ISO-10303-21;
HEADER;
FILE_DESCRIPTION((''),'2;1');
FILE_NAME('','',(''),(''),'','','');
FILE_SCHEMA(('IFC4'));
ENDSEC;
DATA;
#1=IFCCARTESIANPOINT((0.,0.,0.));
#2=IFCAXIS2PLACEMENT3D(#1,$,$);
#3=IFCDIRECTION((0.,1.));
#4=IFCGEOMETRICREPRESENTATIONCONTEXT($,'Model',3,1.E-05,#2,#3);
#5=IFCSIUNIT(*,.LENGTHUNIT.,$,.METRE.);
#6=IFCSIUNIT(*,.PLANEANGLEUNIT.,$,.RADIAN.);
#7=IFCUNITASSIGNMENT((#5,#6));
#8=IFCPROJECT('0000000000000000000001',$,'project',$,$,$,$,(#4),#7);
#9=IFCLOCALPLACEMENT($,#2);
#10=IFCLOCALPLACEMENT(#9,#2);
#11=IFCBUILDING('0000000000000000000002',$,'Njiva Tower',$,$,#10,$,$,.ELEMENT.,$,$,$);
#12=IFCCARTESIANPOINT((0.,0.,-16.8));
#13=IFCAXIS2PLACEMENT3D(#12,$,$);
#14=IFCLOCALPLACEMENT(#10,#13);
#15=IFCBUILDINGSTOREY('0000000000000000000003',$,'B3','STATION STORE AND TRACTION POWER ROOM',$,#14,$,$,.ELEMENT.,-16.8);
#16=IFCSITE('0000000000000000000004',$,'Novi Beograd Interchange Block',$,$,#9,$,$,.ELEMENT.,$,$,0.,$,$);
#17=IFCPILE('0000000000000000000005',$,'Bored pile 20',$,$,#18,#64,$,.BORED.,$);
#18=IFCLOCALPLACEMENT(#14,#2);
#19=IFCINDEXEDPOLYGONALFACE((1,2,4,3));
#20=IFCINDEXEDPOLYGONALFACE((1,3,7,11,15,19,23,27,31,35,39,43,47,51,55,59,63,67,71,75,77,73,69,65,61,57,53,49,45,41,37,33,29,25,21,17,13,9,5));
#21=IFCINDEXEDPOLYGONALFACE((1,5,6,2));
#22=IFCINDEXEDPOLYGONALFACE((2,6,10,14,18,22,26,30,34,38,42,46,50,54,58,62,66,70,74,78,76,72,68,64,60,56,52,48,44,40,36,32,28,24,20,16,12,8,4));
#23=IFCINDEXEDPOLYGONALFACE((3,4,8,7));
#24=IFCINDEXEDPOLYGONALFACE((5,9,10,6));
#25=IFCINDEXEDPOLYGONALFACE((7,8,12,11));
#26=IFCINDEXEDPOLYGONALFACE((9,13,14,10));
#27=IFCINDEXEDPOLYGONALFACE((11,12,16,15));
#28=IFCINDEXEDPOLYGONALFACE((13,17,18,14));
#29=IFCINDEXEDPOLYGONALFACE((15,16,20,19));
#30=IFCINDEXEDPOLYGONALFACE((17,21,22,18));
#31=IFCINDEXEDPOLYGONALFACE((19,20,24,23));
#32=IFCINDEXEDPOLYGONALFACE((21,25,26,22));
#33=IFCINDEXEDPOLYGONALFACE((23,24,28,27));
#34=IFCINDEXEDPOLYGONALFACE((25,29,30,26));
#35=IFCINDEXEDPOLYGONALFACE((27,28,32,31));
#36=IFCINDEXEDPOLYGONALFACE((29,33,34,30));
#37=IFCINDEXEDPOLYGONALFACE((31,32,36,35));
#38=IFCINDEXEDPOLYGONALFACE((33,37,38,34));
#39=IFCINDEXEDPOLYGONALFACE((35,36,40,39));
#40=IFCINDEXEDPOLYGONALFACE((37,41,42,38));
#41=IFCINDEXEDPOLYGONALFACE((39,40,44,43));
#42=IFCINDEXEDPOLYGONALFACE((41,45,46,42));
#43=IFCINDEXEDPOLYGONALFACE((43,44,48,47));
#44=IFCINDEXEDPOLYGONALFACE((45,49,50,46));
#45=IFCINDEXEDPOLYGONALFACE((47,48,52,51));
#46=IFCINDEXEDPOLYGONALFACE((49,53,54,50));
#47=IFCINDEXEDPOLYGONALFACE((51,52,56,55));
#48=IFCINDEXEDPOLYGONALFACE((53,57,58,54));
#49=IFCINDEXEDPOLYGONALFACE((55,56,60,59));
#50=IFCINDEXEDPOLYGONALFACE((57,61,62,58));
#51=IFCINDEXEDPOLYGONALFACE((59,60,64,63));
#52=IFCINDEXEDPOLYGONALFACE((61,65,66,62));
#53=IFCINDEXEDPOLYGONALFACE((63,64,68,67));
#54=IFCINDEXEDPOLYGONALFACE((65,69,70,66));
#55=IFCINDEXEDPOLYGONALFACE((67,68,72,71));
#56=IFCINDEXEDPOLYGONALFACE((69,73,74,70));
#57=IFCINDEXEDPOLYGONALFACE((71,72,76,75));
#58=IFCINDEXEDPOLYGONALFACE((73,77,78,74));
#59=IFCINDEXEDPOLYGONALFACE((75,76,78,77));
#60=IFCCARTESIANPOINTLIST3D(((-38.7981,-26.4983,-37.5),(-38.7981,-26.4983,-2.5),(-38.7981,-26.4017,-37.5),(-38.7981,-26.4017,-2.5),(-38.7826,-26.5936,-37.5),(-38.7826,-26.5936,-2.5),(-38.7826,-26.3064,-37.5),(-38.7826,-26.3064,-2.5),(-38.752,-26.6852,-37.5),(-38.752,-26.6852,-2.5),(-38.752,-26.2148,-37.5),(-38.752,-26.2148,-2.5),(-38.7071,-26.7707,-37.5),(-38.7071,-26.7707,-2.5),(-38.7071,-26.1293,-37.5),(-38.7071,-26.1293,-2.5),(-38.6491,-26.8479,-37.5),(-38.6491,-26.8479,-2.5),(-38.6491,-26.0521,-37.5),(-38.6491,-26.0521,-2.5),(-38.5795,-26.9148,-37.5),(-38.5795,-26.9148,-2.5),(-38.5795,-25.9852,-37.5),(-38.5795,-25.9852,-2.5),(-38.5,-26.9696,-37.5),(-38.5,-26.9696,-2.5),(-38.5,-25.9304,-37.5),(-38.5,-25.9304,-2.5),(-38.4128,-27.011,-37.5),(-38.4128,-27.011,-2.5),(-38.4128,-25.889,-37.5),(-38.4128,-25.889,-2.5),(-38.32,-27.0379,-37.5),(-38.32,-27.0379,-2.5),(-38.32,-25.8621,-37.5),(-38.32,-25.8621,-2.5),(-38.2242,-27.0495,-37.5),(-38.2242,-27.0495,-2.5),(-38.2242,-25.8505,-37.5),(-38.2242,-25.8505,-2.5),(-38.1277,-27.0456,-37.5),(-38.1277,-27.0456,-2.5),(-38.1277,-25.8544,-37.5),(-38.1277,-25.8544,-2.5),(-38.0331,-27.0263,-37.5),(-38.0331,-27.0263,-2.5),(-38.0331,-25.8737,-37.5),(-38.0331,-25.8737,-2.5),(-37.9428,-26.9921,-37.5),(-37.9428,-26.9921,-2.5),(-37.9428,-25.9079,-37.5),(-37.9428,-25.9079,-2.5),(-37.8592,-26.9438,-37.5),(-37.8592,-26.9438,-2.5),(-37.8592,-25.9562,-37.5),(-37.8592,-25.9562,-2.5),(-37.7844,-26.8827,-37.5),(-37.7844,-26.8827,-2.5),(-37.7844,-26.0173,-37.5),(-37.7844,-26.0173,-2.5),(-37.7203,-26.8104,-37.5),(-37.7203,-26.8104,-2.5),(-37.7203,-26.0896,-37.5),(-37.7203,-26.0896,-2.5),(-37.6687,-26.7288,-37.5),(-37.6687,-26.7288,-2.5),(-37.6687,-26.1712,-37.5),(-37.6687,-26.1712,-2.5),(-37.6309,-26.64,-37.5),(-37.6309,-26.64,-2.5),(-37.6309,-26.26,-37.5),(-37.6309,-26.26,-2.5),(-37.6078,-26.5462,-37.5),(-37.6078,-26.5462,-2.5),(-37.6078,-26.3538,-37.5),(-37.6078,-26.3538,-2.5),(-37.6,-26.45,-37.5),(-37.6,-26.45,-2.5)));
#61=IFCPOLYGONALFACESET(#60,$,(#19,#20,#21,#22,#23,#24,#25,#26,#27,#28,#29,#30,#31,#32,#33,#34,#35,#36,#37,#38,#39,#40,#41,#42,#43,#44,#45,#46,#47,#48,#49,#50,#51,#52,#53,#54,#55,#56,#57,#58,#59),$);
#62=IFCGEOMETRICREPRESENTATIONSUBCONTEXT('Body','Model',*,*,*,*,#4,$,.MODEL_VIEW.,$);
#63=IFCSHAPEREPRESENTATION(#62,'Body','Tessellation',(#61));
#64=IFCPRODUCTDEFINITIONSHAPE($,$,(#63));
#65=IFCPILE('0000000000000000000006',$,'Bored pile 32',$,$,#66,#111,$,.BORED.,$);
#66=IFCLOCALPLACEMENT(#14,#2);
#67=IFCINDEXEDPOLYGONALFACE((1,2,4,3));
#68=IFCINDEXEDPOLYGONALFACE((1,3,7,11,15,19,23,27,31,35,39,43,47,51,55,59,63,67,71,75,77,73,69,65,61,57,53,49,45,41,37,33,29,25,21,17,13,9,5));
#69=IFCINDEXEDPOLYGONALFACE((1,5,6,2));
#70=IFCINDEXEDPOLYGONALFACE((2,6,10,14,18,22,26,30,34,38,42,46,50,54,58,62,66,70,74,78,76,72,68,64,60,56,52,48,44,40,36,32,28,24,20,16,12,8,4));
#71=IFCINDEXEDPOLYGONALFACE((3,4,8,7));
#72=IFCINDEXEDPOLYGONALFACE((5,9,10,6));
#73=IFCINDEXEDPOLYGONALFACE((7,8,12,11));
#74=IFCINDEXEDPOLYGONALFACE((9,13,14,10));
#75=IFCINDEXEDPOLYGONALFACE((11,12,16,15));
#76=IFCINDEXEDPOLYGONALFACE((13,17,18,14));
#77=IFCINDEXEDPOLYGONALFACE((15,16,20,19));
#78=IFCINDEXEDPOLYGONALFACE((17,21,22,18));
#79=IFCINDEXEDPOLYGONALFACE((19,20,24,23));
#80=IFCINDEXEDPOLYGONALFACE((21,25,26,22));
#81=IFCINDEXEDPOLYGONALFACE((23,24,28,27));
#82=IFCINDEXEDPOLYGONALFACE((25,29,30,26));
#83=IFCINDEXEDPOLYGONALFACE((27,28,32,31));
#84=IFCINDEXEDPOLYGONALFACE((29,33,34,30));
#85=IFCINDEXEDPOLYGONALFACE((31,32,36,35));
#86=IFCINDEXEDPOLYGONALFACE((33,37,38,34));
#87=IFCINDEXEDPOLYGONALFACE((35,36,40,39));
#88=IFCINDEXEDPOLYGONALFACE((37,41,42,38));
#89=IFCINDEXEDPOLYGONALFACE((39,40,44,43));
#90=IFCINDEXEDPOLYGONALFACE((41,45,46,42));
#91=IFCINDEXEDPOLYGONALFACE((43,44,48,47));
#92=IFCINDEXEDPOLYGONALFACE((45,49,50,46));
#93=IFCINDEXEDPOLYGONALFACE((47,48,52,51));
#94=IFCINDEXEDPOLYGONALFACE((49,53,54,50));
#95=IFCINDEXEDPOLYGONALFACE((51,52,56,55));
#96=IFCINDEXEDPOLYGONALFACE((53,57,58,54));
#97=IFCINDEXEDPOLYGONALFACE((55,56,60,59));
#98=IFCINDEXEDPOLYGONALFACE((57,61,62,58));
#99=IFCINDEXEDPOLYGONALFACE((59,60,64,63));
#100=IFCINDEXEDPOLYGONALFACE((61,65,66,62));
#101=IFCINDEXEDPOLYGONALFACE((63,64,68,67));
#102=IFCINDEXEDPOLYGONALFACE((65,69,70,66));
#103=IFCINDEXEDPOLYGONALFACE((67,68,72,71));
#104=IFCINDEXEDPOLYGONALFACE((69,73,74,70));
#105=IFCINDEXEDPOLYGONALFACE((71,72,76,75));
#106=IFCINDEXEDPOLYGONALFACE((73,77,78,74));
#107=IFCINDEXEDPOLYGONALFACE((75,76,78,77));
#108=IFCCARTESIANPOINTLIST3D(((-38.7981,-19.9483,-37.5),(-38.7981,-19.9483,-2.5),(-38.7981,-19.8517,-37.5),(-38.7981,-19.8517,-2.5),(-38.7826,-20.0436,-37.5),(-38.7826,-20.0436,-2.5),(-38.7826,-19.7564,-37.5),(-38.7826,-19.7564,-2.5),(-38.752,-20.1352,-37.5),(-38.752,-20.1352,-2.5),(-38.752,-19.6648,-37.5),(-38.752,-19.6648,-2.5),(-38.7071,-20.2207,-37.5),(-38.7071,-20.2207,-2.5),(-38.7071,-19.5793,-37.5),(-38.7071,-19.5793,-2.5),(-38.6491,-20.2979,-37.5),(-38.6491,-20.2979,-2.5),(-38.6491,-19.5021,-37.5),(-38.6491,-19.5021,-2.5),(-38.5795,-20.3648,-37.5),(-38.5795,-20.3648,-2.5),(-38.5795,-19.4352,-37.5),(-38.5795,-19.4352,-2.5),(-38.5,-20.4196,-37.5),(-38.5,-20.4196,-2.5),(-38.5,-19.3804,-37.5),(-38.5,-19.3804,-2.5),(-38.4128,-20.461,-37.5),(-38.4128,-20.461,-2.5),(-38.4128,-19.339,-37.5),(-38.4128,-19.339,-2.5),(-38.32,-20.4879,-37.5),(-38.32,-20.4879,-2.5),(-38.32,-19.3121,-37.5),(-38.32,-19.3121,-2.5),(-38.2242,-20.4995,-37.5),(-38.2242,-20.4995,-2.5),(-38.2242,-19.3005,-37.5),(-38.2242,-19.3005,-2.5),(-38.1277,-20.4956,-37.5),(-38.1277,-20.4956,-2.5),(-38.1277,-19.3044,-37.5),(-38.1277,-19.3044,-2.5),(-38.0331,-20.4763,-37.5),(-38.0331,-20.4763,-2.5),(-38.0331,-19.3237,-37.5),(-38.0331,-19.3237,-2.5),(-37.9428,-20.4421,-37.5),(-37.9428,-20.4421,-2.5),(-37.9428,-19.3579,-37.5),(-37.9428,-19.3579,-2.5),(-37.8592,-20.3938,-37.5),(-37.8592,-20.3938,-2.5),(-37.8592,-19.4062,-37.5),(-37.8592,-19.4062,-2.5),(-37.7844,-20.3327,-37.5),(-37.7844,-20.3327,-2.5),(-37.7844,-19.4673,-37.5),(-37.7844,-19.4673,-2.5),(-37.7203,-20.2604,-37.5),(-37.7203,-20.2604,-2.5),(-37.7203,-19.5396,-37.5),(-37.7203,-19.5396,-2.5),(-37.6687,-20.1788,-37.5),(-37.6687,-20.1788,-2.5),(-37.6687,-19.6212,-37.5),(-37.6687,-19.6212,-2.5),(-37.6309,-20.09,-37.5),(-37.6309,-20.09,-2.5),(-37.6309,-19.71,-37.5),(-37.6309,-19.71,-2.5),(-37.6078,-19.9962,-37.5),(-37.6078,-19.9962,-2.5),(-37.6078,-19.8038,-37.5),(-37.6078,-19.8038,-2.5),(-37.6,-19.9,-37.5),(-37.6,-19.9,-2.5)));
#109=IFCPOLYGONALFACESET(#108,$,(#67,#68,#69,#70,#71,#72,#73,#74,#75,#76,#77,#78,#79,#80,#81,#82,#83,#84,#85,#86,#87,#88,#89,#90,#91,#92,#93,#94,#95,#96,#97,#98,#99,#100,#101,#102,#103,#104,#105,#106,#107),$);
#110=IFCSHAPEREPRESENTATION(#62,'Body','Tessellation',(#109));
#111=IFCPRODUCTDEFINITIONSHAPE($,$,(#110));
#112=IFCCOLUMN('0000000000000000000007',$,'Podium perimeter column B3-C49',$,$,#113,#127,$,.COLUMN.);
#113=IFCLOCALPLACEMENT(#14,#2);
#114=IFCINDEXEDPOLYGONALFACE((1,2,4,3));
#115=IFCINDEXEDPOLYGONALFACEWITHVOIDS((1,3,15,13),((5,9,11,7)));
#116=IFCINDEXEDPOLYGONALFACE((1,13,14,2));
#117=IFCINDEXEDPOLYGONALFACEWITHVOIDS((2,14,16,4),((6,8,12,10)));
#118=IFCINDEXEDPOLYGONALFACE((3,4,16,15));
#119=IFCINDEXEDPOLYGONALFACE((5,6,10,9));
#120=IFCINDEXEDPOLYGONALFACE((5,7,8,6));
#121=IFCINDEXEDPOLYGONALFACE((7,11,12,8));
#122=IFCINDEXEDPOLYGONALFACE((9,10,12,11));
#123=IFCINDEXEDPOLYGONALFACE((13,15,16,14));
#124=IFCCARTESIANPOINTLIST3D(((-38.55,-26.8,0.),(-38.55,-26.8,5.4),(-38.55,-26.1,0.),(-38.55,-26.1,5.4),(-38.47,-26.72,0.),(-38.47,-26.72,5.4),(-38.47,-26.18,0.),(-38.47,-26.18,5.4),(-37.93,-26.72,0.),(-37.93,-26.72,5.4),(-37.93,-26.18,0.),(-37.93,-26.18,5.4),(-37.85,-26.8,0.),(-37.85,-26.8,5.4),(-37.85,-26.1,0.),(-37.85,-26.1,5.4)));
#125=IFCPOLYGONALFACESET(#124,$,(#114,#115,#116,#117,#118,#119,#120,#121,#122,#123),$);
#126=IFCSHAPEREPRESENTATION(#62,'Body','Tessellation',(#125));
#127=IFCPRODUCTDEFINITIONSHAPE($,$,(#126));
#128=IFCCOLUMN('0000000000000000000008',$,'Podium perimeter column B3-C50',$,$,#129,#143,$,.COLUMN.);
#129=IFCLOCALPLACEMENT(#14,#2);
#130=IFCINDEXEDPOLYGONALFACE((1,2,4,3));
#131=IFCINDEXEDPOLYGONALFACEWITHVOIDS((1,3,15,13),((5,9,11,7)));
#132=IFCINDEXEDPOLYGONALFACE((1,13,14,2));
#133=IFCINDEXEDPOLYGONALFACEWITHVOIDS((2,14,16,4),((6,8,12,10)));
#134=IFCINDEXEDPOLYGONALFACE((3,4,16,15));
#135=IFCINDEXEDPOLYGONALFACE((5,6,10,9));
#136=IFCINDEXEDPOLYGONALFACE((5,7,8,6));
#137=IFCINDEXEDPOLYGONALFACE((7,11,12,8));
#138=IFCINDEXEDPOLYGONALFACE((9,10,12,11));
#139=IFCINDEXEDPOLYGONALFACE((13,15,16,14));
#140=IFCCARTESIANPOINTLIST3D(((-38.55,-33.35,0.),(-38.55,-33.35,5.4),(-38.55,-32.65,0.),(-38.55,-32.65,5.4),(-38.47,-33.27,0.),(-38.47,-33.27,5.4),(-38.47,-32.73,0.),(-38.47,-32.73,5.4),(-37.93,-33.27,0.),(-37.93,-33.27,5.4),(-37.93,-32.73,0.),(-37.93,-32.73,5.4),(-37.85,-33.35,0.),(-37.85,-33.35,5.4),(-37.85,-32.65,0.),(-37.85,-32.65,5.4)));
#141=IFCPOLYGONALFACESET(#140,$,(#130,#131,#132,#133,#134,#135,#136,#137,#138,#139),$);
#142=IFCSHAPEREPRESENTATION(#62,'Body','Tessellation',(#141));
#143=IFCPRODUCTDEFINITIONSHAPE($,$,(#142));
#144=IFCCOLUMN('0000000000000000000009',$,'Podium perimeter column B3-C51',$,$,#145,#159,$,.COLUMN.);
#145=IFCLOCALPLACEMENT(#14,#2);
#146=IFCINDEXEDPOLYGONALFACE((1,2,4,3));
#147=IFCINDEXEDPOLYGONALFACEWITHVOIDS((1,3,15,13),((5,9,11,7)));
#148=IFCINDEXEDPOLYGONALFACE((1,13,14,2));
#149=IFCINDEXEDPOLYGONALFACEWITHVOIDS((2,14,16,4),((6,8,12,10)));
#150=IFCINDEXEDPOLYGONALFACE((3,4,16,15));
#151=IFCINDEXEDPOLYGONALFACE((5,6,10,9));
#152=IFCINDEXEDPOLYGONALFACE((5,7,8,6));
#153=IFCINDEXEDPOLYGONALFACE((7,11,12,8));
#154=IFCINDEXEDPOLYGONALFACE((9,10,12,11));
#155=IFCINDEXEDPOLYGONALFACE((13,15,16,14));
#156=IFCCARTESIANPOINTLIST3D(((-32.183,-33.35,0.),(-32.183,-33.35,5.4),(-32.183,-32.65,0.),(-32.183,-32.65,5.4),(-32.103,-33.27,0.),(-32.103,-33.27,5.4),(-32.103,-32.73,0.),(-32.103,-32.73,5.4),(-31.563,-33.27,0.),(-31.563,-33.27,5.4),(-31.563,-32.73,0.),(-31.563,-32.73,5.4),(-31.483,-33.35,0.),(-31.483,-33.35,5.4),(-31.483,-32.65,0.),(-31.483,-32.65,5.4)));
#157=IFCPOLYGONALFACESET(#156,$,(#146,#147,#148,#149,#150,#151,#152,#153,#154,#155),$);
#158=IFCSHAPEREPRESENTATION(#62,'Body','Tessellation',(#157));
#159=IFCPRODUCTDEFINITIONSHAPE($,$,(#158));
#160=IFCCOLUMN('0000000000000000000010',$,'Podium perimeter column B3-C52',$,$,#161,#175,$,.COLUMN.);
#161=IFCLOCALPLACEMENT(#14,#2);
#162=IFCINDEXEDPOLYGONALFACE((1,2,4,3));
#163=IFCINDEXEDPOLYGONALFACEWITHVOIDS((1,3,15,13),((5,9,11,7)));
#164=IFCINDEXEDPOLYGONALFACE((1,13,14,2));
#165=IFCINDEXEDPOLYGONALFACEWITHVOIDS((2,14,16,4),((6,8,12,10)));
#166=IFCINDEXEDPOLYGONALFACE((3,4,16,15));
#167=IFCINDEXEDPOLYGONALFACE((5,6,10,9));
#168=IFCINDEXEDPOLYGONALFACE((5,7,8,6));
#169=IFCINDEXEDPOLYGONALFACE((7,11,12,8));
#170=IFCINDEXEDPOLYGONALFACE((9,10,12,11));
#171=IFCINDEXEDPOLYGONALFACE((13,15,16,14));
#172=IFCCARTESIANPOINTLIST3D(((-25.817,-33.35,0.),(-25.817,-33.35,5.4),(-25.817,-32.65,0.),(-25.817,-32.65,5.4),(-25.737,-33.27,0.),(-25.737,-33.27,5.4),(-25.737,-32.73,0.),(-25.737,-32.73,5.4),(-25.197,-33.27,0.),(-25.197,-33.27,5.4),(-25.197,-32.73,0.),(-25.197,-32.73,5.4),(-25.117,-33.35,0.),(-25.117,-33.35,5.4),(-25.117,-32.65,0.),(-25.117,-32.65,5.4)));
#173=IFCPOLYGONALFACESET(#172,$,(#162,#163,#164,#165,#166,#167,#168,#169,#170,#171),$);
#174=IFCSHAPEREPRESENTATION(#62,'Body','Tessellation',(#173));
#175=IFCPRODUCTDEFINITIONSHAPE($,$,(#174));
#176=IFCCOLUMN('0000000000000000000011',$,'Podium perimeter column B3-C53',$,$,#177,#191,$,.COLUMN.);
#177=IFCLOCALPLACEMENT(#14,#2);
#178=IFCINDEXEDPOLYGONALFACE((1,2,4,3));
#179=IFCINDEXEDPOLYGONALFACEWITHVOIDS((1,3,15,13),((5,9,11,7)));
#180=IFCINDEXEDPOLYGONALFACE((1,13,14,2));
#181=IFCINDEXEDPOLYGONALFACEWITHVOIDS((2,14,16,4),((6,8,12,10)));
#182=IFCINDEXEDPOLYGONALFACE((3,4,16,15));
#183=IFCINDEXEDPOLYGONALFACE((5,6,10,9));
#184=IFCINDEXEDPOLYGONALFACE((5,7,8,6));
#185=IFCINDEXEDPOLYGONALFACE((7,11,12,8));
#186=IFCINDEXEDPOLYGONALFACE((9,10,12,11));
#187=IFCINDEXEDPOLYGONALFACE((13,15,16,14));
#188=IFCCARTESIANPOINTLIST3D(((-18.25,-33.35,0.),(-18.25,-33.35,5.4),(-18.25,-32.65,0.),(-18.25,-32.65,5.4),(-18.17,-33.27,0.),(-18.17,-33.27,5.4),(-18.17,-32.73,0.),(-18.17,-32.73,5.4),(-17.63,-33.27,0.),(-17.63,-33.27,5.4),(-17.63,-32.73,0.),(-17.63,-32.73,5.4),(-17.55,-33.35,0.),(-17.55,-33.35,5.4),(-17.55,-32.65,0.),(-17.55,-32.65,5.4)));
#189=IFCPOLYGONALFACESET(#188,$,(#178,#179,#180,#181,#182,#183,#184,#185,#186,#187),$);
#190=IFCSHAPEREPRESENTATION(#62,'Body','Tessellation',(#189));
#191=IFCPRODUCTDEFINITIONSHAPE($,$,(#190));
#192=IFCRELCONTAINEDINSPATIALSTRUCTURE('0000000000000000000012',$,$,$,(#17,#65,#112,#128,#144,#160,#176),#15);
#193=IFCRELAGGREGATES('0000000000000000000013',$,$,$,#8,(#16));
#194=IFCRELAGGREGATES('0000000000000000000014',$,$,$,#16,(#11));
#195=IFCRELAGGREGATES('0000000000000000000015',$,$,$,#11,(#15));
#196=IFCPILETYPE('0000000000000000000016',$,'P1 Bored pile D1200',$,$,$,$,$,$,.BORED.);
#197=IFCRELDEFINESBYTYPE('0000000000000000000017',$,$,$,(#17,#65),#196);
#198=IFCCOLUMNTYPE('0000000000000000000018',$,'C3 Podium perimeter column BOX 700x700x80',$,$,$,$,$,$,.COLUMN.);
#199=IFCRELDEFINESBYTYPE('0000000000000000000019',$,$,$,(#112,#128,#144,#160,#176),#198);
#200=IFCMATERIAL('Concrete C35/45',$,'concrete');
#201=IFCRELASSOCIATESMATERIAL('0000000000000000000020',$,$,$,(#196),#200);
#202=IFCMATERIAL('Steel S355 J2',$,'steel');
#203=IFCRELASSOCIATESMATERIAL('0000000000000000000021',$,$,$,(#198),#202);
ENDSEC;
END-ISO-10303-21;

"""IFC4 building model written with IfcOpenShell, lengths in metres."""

from ifc_helpers import new_model, si_unit, direction, frame, origin, origin_2d, place, context, subcontext, project, spatial, hollow_rectangle, circle, extrude, material, material_profile, profile_set, type_object, element, save


model = new_model("IFC4")

# Units and contexts
model_context = context("Model", 3, precision=1e-05, world=origin(), true_north=direction((0.0, 1.0)))
body_context = subcontext(model_context, "Body", "Model", "MODEL_VIEW")
ifc_project = project(units=[si_unit("LENGTHUNIT", "METRE"), si_unit("PLANEANGLEUNIT", "RADIAN")], contexts=[model_context])

# Site, building, storey
site_placement = place(None, origin())
site = spatial("IfcSite", under=ifc_project, at=site_placement, Name="Novi Beograd Interchange Block", CompositionType="ELEMENT", RefElevation=0.0)
building_placement = place(site_placement, origin())
building = spatial("IfcBuilding", under=site, at=building_placement, Name="Njiva Tower", CompositionType="ELEMENT")
storey_placement = place(building_placement, frame((0.0, 0.0, -16.8)))
storey = spatial("IfcBuildingStorey", under=building, at=storey_placement, Name="B3", Description="STATION STORE AND TRACTION POWER ROOM", CompositionType="ELEMENT", Elevation=-16.8)

# Piles
ifc_material_1 = material(Name="Concrete C35/45", Category="concrete")
ifc_material_profile_1 = material_profile(ifc_material_1, circle(Radius=0.6, at=origin_2d()), Name="D1200")
ifc_profile_set_1 = profile_set([ifc_material_profile_1], Name="Concrete C35/45")
pile_type = type_object("IfcPileType", Name="P1 Bored pile D1200", PredefinedType="BORED", material=ifc_profile_set_1)
for number, where, z_axis, x_axis, name in (
    (1, (-38.2, -26.45, -2.5), (0.0, 0.0, -1.0), (1.0, 0.0, 0.0), "Bored pile 20"),
    (2, (-38.2, -19.9, -2.5), (0.0, 0.0, -1.0), (1.0, 0.0, 0.0), "Bored pile 32"),
):
    element("IfcPile", number, at=place(storey_placement, frame(where, z_axis=z_axis, x_axis=x_axis)), inside=storey, type_object=pile_type, Name=name, PredefinedType="BORED", context=body_context, shape_type="SweptSolid", body=[
        extrude(circle(Radius=0.6, at=origin_2d()), origin(), (0.0, 0.0, 1.0), 35.0),
    ])

# Columns
ifc_material_2 = material(Name="Steel S355 J2", Category="steel")
ifc_material_profile_2 = material_profile(ifc_material_2, hollow_rectangle(XDim=0.7, YDim=0.7, WallThickness=0.08, at=origin_2d()), Name="BOX 700x700x80")
ifc_profile_set_2 = profile_set([ifc_material_profile_2], Name="Steel S355 J2")
column_type = type_object("IfcColumnType", Name="C3 Podium perimeter column BOX 700x700x80", PredefinedType="COLUMN", material=ifc_profile_set_2)
for number, where, z_axis, x_axis, name in (
    (3, (-38.2, -26.45, 0.0), (0.0, 0.0, 1.0), (0.0, -1.0, 0.0), "Podium perimeter column B3-C49"),
    (4, (-38.2, -33.0, 0.0), (0.0, 0.0, 1.0), (1.0, 0.0, 0.0), "Podium perimeter column B3-C50"),
    (5, (-31.833, -33.0, 0.0), (0.0, 0.0, 1.0), (1.0, 0.0, 0.0), "Podium perimeter column B3-C51"),
    (6, (-25.467, -33.0, 0.0), (0.0, 0.0, 1.0), (1.0, 0.0, 0.0), "Podium perimeter column B3-C52"),
    (7, (-17.9, -33.0, 0.0), (0.0, 0.0, 1.0), (1.0, 0.0, 0.0), "Podium perimeter column B3-C53"),
):
    element("IfcColumn", number, at=place(storey_placement, frame(where, z_axis=z_axis, x_axis=x_axis)), inside=storey, type_object=column_type, Name=name, PredefinedType="COLUMN", context=body_context, shape_type="SweptSolid", body=[
        extrude(hollow_rectangle(XDim=0.7, YDim=0.7, WallThickness=0.08, at=origin_2d()), origin(), (0.0, 0.0, 1.0), 5.4),
    ])

save(model, "model.ifc")
